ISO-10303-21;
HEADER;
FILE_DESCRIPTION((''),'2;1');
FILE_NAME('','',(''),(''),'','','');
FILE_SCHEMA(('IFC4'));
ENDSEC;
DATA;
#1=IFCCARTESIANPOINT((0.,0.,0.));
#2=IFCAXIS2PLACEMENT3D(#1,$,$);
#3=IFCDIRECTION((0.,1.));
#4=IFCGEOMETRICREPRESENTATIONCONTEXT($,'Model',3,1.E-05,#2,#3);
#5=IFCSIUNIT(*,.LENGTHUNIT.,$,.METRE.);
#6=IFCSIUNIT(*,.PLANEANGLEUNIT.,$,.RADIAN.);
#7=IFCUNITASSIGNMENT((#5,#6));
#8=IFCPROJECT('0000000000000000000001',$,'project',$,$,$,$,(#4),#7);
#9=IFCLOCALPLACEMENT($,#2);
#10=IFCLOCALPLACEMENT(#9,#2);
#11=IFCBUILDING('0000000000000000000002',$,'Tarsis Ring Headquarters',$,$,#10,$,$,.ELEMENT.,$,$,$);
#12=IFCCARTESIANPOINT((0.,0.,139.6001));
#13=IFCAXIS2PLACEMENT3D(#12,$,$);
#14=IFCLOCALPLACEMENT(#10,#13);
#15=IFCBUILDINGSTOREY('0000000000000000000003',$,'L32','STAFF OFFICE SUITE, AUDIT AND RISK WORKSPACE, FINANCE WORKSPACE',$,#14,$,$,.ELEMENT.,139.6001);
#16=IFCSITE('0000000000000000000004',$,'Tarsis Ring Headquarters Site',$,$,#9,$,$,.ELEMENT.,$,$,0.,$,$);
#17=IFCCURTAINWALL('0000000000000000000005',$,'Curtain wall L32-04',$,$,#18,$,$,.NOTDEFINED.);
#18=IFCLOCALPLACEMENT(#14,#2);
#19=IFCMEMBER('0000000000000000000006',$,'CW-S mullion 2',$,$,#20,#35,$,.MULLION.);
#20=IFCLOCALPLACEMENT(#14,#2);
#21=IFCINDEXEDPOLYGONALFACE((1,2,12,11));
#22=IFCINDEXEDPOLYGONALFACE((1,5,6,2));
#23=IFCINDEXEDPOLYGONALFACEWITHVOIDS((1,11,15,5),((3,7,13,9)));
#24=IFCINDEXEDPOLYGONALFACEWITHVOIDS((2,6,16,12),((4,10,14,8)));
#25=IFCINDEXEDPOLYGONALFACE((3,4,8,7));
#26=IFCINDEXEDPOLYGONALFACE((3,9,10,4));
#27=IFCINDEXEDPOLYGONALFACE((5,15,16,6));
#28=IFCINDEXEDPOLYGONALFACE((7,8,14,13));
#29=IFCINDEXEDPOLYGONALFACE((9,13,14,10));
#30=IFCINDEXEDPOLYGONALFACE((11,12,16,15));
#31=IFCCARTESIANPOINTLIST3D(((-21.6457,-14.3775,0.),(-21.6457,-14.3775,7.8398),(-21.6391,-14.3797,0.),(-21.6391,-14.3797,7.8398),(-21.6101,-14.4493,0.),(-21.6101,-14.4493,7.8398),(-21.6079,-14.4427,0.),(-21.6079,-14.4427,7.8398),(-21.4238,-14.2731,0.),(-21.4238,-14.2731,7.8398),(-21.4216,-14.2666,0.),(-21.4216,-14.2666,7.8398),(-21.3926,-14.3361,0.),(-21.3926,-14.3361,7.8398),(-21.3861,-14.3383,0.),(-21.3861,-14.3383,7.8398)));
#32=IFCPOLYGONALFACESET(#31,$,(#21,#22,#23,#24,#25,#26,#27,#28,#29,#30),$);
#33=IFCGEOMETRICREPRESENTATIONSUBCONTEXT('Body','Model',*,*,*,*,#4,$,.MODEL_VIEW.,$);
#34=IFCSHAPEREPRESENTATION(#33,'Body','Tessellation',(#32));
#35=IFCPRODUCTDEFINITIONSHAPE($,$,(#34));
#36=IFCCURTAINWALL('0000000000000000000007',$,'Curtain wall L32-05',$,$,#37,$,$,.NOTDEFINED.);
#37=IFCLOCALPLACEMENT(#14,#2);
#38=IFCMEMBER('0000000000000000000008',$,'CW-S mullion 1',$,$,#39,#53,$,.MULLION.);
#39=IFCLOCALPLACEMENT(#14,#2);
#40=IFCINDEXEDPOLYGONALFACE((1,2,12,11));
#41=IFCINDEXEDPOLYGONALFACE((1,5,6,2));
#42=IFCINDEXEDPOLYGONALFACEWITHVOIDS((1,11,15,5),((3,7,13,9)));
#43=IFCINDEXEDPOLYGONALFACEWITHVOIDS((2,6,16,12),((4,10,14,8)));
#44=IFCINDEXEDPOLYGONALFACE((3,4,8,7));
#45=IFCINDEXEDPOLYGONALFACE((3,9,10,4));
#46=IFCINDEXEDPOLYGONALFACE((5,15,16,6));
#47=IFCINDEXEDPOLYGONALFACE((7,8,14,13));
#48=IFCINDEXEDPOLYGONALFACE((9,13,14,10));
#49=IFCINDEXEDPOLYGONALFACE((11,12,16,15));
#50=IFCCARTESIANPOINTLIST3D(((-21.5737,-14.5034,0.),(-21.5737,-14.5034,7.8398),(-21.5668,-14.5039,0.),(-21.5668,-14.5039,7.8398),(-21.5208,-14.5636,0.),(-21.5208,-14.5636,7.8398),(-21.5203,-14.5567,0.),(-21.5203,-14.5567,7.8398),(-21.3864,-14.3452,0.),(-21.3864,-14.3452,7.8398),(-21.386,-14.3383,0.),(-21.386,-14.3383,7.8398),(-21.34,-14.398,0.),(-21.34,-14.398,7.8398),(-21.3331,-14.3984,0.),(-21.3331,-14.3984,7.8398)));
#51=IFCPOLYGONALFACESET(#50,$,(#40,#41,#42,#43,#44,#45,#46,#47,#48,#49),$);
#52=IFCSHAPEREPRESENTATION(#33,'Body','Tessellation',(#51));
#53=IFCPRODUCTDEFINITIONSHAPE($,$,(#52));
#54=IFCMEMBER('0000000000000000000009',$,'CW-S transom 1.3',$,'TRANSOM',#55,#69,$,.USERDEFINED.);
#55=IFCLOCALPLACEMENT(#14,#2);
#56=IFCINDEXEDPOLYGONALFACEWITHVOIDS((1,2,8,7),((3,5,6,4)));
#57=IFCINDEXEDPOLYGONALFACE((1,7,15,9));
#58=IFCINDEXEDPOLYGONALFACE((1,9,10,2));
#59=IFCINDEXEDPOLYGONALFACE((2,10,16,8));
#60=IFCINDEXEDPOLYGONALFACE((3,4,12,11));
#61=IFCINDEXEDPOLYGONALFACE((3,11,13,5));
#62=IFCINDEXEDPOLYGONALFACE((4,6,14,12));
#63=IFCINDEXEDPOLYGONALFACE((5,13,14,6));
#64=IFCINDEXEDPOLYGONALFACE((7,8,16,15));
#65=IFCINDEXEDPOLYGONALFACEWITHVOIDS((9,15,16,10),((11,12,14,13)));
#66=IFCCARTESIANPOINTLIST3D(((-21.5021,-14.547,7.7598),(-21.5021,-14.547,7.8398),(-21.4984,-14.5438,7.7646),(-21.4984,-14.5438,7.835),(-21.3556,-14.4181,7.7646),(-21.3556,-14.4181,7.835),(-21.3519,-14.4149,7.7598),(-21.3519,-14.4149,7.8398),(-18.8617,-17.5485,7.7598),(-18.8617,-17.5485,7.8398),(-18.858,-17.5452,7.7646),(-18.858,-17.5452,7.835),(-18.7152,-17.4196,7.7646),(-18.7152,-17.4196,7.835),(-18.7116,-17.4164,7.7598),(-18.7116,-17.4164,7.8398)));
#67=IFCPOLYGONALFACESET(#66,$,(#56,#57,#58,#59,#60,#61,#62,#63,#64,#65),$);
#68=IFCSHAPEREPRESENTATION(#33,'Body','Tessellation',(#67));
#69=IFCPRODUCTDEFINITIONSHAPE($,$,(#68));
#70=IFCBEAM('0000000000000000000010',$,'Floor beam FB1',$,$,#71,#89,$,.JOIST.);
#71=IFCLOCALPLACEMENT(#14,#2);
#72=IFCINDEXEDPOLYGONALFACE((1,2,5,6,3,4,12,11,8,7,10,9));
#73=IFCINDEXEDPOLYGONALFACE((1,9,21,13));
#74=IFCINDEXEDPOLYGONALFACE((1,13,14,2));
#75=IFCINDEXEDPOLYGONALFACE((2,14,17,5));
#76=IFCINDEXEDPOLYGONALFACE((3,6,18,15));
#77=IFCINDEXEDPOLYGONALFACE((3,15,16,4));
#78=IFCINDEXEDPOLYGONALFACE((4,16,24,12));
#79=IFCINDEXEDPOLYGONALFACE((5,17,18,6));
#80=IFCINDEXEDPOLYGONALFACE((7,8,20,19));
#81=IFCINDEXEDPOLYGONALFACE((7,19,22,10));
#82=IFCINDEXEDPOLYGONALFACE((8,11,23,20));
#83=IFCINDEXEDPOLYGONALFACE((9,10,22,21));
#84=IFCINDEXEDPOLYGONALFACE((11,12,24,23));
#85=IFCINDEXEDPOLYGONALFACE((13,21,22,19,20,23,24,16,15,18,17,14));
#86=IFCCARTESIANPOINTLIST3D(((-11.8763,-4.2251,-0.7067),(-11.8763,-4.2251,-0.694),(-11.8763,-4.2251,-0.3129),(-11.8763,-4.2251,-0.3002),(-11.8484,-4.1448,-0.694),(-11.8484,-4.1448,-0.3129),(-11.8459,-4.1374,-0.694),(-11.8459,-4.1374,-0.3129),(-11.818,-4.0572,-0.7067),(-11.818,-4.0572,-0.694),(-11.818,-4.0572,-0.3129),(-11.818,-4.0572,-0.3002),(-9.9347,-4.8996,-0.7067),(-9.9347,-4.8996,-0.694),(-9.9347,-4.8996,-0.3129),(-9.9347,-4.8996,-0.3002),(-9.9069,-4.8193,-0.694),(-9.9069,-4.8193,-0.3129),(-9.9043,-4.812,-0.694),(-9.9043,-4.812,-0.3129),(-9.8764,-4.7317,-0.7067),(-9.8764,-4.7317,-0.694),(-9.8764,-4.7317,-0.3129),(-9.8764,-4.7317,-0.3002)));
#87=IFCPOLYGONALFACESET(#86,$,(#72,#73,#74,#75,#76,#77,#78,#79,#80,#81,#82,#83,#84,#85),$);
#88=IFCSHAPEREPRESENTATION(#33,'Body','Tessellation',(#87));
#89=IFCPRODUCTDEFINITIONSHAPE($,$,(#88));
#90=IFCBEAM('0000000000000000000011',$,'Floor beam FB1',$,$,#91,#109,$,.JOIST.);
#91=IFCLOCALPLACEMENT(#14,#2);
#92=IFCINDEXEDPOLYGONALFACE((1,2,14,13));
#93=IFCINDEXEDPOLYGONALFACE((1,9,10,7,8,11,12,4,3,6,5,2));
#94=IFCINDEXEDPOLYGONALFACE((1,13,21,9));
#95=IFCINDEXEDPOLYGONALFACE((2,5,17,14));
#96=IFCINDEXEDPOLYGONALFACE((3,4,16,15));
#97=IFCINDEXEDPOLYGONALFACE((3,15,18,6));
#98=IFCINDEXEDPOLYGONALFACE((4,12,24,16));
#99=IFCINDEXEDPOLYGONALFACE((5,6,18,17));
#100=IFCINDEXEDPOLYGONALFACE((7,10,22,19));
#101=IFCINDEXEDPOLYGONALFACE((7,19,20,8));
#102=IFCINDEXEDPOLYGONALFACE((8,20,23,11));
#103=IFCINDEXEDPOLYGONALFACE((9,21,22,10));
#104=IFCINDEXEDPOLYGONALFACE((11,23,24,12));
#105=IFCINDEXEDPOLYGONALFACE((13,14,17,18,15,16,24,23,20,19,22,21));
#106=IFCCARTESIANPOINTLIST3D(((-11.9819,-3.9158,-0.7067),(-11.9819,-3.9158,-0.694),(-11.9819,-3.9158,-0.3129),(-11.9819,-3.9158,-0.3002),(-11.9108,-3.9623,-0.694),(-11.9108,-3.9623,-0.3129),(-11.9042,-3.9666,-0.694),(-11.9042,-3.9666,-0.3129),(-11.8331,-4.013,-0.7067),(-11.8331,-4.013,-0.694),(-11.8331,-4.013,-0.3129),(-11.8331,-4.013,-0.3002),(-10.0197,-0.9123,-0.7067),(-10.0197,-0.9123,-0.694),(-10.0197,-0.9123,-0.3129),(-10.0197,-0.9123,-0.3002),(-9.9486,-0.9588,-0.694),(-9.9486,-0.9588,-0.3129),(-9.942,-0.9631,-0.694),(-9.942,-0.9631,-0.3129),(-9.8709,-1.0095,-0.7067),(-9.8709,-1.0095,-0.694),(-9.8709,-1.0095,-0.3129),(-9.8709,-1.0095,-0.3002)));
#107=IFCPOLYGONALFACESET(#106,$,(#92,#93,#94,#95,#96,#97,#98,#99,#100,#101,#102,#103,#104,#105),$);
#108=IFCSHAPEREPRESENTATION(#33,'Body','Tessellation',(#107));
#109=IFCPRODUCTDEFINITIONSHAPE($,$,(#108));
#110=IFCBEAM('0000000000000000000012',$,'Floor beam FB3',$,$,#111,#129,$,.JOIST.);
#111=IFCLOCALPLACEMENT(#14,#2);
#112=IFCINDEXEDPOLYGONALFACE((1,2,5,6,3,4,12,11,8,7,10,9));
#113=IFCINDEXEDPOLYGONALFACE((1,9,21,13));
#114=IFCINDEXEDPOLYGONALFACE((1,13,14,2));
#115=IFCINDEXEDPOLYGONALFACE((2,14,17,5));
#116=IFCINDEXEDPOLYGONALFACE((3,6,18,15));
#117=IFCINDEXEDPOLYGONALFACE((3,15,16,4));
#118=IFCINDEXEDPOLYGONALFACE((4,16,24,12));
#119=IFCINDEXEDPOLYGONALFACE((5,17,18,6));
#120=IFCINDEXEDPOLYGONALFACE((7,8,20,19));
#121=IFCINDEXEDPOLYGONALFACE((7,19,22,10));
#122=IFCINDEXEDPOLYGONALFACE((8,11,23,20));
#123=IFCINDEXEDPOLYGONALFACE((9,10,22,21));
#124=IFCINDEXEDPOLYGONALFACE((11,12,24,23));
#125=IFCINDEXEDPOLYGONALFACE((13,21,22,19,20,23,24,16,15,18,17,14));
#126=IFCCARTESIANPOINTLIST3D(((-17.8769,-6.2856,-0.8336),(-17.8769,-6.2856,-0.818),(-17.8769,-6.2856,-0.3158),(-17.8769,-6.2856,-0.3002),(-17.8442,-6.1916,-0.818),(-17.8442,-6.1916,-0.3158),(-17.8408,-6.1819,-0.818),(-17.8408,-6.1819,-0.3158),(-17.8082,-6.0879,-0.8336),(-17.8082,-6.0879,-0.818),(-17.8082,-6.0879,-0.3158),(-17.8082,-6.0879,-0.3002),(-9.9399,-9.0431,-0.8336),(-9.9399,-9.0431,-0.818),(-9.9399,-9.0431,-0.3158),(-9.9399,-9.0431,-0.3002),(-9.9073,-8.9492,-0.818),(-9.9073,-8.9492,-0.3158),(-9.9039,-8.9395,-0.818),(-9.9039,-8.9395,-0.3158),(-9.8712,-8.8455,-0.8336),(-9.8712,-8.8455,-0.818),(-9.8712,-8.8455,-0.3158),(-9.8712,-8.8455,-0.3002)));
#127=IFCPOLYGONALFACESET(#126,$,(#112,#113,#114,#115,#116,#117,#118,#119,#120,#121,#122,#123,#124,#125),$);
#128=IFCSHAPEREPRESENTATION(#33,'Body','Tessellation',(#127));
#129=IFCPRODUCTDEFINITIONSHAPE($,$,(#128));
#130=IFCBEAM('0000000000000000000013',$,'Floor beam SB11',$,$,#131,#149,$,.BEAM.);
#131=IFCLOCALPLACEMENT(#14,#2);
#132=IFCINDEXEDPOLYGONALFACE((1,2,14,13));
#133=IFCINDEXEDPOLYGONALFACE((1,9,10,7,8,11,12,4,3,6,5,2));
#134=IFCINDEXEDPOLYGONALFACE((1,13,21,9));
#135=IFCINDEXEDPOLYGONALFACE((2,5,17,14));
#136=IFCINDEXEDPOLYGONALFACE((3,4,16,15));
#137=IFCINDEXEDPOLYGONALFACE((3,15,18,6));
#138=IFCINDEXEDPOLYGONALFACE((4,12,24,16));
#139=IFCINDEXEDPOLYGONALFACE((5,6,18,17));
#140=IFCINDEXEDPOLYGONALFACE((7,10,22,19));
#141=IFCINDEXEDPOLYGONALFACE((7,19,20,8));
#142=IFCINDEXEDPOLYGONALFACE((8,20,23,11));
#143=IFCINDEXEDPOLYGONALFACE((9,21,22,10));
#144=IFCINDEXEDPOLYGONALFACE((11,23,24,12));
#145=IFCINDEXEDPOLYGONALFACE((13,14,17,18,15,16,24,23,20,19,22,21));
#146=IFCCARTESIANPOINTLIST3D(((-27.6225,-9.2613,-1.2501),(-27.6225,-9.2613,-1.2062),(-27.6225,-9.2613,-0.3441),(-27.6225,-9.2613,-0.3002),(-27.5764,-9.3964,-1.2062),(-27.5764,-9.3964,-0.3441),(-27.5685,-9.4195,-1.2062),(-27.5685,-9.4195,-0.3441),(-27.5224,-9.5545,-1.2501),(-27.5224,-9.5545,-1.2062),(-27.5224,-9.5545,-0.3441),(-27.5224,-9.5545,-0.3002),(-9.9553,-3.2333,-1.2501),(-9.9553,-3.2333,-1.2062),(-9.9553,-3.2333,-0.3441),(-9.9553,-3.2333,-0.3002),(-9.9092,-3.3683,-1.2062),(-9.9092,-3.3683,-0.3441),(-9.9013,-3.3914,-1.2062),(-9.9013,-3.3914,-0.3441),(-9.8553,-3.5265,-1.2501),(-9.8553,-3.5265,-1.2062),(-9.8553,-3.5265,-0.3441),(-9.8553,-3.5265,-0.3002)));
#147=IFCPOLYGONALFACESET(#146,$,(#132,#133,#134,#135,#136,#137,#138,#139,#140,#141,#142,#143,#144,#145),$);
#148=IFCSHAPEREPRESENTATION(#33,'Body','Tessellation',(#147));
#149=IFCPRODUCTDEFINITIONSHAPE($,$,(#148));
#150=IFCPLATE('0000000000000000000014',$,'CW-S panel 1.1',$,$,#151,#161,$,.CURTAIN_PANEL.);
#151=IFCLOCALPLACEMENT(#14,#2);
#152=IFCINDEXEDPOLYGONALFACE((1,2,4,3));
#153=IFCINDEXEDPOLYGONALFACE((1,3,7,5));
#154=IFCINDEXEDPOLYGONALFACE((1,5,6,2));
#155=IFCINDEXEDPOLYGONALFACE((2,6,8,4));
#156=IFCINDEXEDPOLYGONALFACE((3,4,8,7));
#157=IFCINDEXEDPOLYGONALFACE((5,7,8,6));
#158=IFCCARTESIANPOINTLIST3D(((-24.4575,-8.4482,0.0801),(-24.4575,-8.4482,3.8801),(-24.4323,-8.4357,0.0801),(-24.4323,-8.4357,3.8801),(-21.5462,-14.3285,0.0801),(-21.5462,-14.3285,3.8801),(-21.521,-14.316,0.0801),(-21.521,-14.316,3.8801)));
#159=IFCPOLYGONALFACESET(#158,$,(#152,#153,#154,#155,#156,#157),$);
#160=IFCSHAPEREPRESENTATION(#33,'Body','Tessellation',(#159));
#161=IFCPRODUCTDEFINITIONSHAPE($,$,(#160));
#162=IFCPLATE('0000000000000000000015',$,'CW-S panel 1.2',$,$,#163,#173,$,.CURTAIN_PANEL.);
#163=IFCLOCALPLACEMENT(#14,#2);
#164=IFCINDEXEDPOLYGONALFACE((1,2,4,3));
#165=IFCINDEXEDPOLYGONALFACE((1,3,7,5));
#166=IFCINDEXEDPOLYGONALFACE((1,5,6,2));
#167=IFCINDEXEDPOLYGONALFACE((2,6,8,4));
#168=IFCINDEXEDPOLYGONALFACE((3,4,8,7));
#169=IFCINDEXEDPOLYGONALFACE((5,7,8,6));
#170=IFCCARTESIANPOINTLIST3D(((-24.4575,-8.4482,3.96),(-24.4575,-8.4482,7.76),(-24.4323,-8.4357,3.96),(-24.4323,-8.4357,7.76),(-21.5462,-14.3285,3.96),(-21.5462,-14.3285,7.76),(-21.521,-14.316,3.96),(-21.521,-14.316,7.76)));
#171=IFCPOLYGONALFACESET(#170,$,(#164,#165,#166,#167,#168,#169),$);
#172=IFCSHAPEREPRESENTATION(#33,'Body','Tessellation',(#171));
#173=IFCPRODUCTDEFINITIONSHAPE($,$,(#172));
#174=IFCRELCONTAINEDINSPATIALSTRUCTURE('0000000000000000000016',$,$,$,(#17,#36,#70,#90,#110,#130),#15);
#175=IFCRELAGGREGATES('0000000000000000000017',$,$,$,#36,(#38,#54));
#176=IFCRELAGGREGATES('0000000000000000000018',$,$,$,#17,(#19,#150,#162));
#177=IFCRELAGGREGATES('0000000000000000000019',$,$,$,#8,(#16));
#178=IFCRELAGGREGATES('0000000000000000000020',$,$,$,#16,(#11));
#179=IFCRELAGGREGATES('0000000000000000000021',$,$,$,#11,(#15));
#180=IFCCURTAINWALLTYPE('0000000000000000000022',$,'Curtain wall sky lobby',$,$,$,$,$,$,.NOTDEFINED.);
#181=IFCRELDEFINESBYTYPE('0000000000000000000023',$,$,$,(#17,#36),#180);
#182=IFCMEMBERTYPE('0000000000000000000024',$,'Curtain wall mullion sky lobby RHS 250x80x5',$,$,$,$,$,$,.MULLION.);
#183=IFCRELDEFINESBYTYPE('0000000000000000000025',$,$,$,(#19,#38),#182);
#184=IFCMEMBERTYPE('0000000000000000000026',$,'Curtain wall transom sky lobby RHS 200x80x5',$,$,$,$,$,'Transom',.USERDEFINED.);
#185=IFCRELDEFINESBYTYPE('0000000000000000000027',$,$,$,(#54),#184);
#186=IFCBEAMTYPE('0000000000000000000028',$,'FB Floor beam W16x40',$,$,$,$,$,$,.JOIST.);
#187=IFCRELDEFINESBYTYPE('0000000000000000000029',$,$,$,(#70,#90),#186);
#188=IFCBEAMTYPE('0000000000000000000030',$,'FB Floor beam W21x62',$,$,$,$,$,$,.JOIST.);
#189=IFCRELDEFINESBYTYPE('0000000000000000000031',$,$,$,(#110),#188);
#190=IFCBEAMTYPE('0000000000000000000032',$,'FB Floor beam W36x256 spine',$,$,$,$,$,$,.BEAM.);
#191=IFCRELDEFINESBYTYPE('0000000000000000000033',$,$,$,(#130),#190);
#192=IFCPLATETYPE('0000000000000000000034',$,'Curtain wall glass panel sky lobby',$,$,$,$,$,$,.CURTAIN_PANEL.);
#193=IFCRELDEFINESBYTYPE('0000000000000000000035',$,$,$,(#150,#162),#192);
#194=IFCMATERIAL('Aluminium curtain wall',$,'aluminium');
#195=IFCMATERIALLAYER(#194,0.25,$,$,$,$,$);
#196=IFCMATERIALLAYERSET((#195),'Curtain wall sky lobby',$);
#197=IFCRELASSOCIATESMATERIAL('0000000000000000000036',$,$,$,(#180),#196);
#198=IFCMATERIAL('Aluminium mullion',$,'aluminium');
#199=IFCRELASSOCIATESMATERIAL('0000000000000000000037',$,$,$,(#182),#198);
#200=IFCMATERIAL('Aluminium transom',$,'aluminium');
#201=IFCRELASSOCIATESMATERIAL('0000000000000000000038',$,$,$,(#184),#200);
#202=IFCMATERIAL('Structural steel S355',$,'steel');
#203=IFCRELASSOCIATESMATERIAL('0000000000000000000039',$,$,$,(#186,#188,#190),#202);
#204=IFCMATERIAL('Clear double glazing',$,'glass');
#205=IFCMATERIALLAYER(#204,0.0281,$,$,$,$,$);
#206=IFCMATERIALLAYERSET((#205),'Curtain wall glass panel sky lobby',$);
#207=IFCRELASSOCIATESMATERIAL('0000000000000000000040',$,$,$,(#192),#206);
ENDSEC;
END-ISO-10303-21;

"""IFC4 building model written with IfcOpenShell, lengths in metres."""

from ifc_helpers import new_model, si_unit, direction, frame, origin, origin_2d, place, context, subcontext, project, spatial, rectangle, hollow_rectangle, i_section, extrude, material, layer, layer_set, material_profile, profile_set, type_object, element, aggregate, save


model = new_model("IFC4")

# Units and contexts
model_context = context("Model", 3, precision=1e-05, world=origin(), true_north=direction((0.0, 1.0)))
body_context = subcontext(model_context, "Body", "Model", "MODEL_VIEW")
ifc_project = project(units=[si_unit("LENGTHUNIT", "METRE"), si_unit("PLANEANGLEUNIT", "RADIAN")], contexts=[model_context])

# Site, building, storey
site_placement = place(None, origin())
site = spatial("IfcSite", under=ifc_project, at=site_placement, Name="Tarsis Ring Headquarters Site", CompositionType="ELEMENT", RefElevation=0.0)
building_placement = place(site_placement, origin())
building = spatial("IfcBuilding", under=site, at=building_placement, Name="Tarsis Ring Headquarters", CompositionType="ELEMENT")
storey_placement = place(building_placement, frame((0.0, 0.0, 139.6001)))
storey = spatial("IfcBuildingStorey", under=building, at=storey_placement, Name="L32", Description="STAFF OFFICE SUITE, AUDIT AND RISK WORKSPACE, FINANCE WORKSPACE", CompositionType="ELEMENT", Elevation=139.6001)

# Curtain wall, member
ifc_material_1 = material(Name="Aluminium curtain wall", Category="aluminium")
ifc_layer_1 = layer(ifc_material_1, 0.25)
ifc_layer_set_1 = layer_set([ifc_layer_1], Name="Curtain wall sky lobby")
curtain_wall_type = type_object("IfcCurtainWallType", Name="Curtain wall sky lobby", PredefinedType="NOTDEFINED", material=ifc_layer_set_1)
curtain_wall_1_placement = place(storey_placement, origin())
curtain_wall_1 = element("IfcCurtainWall", 1, at=curtain_wall_1_placement, inside=storey, type_object=curtain_wall_type, Name="Curtain wall L32-04", PredefinedType="NOTDEFINED")
ifc_material_2 = material(Name="Aluminium mullion", Category="aluminium")
ifc_material_profile_1 = material_profile(ifc_material_2, hollow_rectangle(XDim=0.25, YDim=0.0801, WallThickness=0.0049, at=origin_2d()), Name="RHS 250x80x5")
ifc_profile_set_1 = profile_set([ifc_material_profile_1], Name="Aluminium mullion")
member_type_1 = type_object("IfcMemberType", Name="Curtain wall mullion sky lobby RHS 250x80x5", PredefinedType="MULLION", material=ifc_profile_set_1)
member_1_placement = place(storey_placement, frame((-21.5159, -14.3579, 0.0), z_axis=(0.0, 0.0, 1.0), x_axis=(0.896177, 0.443697, 0.0)))
member_1 = element("IfcMember", 2, at=member_1_placement, type_object=member_type_1, Name="CW-S mullion 2", PredefinedType="MULLION", context=body_context, shape_type="SweptSolid", body=[
    extrude(hollow_rectangle(XDim=0.25, YDim=0.0801, WallThickness=0.0049, at=origin_2d()), origin(), (0.0, 0.0, 1.0), 7.8398),
])

# Curtain wall, members
curtain_wall_2_placement = place(storey_placement, origin())
curtain_wall_2 = element("IfcCurtainWall", 3, at=curtain_wall_2_placement, inside=storey, type_object=curtain_wall_type, Name="Curtain wall L32-05", PredefinedType="NOTDEFINED")
member_2_placement = place(storey_placement, frame((-21.4534, -14.4509, 0.0), z_axis=(0.0, 0.0, 1.0), x_axis=(0.750803, 0.660526, 0.0)))
member_2 = element("IfcMember", 4, at=member_2_placement, type_object=member_type_1, Name="CW-S mullion 1", PredefinedType="MULLION", context=body_context, shape_type="SweptSolid", body=[
    extrude(hollow_rectangle(XDim=0.25, YDim=0.0801, WallThickness=0.0049, at=origin_2d()), origin(), (0.0, 0.0, 1.0), 7.8398),
])
ifc_material_3 = material(Name="Aluminium transom", Category="aluminium")
ifc_material_profile_2 = material_profile(ifc_material_3, hollow_rectangle(XDim=0.2, YDim=0.0801, WallThickness=0.0049, at=origin_2d()), Name="RHS 200x80x5")
ifc_profile_set_2 = profile_set([ifc_material_profile_2], Name="Aluminium transom")
member_type_2 = type_object("IfcMemberType", Name="Curtain wall transom sky lobby RHS 200x80x5", ElementType="Transom", PredefinedType="USERDEFINED", material=ifc_profile_set_2)
member_3_placement = place(storey_placement, frame((-21.427, -14.481, 7.7998), z_axis=(0.6605, -0.750826, 0.0), x_axis=(0.750826, 0.6605, 0.0)))
member_3 = element("IfcMember", 5, at=member_3_placement, type_object=member_type_2, Name="CW-S transom 1.3", ObjectType="TRANSOM", PredefinedType="USERDEFINED", context=body_context, shape_type="SweptSolid", body=[
    extrude(hollow_rectangle(XDim=0.2, YDim=0.0801, WallThickness=0.0049, at=origin_2d()), origin(), (0.0, 0.0, 1.0), 3.9976),
])
aggregate(curtain_wall_2, [member_2, member_3])

# Beams
ifc_material_4 = material(Name="Structural steel S355", Category="steel")
ifc_material_profile_3 = material_profile(ifc_material_4, i_section(OverallWidth=0.1777, OverallDepth=0.4065, WebThickness=0.0078, FlangeThickness=0.0127, at=origin_2d()), Name="W16x40")
ifc_profile_set_3 = profile_set([ifc_material_profile_3], Name="Structural steel S355")
beam_type_1 = type_object("IfcBeamType", Name="FB Floor beam W16x40", PredefinedType="JOIST", material=ifc_profile_set_3)
beam_1_placement = place(storey_placement, frame((-11.8472, -4.1411, -0.5034), z_axis=(0.944617, -0.328175, 0.0), x_axis=(0.328175, 0.944617, 0.0)))
element("IfcBeam", 6, at=beam_1_placement, inside=storey, type_object=beam_type_1, Name="Floor beam FB1", PredefinedType="JOIST", context=body_context, shape_type="SweptSolid", body=[
    extrude(i_section(OverallWidth=0.1777, OverallDepth=0.4065, WebThickness=0.0078, FlangeThickness=0.0127, at=origin_2d()), origin(), (0.0, 0.0, 1.0), 2.0554),
])
beam_2_placement = place(storey_placement, frame((-9.9453, -0.9609, -0.5034), z_axis=(-0.546934, -0.837176, 0.0), x_axis=(0.837176, -0.546934, 0.0)))
element("IfcBeam", 7, at=beam_2_placement, inside=storey, type_object=beam_type_1, Name="Floor beam FB1", PredefinedType="JOIST", context=body_context, shape_type="SweptSolid", body=[
    extrude(i_section(OverallWidth=0.1777, OverallDepth=0.4065, WebThickness=0.0078, FlangeThickness=0.0127, at=origin_2d()), origin(), (0.0, 0.0, 1.0), 3.5876),
])
ifc_material_profile_4 = material_profile(ifc_material_4, i_section(OverallWidth=0.2092, OverallDepth=0.5334, WebThickness=0.0103, FlangeThickness=0.0156, at=origin_2d()), Name="W21x62")
ifc_profile_set_4 = profile_set([ifc_material_profile_4], Name="Structural steel S355")
beam_type_2 = type_object("IfcBeamType", Name="FB Floor beam W21x62", PredefinedType="JOIST", material=ifc_profile_set_4)
beam_3_placement = place(storey_placement, frame((-17.8425, -6.1868, -0.5669), z_axis=(0.944612, -0.328188, 0.0), x_axis=(0.328188, 0.944612, 0.0)))
element("IfcBeam", 8, at=beam_3_placement, inside=storey, type_object=beam_type_2, Name="Floor beam FB3", PredefinedType="JOIST", context=body_context, shape_type="SweptSolid", body=[
    extrude(i_section(OverallWidth=0.2092, OverallDepth=0.5334, WebThickness=0.0103, FlangeThickness=0.0156, at=origin_2d()), origin(), (0.0, 0.0, 1.0), 8.4023),
])
ifc_material_profile_5 = material_profile(ifc_material_4, i_section(OverallWidth=0.3098, OverallDepth=0.95, WebThickness=0.0244, FlangeThickness=0.0439, at=origin_2d()), Name="W36x256")
ifc_profile_set_5 = profile_set([ifc_material_profile_5], Name="Structural steel S355")
beam_type_3 = type_object("IfcBeamType", Name="FB Floor beam W36x256 spine", PredefinedType="BEAM", material=ifc_profile_set_5)
beam_4_placement = place(storey_placement, frame((-9.9053, -3.3799, -0.7751), z_axis=(-0.946426, -0.322921, 0.0), x_axis=(0.322921, -0.946426, 0.0)))
element("IfcBeam", 9, at=beam_4_placement, inside=storey, type_object=beam_type_3, Name="Floor beam SB11", PredefinedType="BEAM", context=body_context, shape_type="SweptSolid", body=[
    extrude(i_section(OverallWidth=0.3098, OverallDepth=0.95, WebThickness=0.0244, FlangeThickness=0.0439, at=origin_2d()), origin(), (0.0, 0.0, 1.0), 18.6672),
])

# Plates
ifc_material_5 = material(Name="Clear double glazing", Category="glass")
ifc_layer_2 = layer(ifc_material_5, 0.0281)
ifc_layer_set_2 = layer_set([ifc_layer_2], Name="Curtain wall glass panel sky lobby")
plate_type = type_object("IfcPlateType", Name="Curtain wall glass panel sky lobby", PredefinedType="CURTAIN_PANEL", material=ifc_layer_set_2)
plate_1_placement = place(storey_placement, frame((-22.9893, -11.3821, 0.0801), z_axis=(0.0, 0.0, 1.0), x_axis=(0.443697, -0.896177, 0.0)))
plate_1 = element("IfcPlate", 10, at=plate_1_placement, type_object=plate_type, Name="CW-S panel 1.1", PredefinedType="CURTAIN_PANEL", context=body_context, shape_type="SweptSolid", body=[
    extrude(rectangle(XDim=6.5615, YDim=0.0281, at=origin_2d()), origin(), (0.0, 0.0, 1.0), 3.8),
])
plate_2_placement = place(storey_placement, frame((-22.9893, -11.3821, 3.96), z_axis=(0.0, 0.0, 1.0), x_axis=(0.443697, -0.896177, 0.0)))
plate_2 = element("IfcPlate", 11, at=plate_2_placement, type_object=plate_type, Name="CW-S panel 1.2", PredefinedType="CURTAIN_PANEL", context=body_context, shape_type="SweptSolid", body=[
    extrude(rectangle(XDim=6.5615, YDim=0.0281, at=origin_2d()), origin(), (0.0, 0.0, 1.0), 3.8),
])
aggregate(curtain_wall_1, [member_1, plate_1, plate_2])

save(model, "model.ifc")
